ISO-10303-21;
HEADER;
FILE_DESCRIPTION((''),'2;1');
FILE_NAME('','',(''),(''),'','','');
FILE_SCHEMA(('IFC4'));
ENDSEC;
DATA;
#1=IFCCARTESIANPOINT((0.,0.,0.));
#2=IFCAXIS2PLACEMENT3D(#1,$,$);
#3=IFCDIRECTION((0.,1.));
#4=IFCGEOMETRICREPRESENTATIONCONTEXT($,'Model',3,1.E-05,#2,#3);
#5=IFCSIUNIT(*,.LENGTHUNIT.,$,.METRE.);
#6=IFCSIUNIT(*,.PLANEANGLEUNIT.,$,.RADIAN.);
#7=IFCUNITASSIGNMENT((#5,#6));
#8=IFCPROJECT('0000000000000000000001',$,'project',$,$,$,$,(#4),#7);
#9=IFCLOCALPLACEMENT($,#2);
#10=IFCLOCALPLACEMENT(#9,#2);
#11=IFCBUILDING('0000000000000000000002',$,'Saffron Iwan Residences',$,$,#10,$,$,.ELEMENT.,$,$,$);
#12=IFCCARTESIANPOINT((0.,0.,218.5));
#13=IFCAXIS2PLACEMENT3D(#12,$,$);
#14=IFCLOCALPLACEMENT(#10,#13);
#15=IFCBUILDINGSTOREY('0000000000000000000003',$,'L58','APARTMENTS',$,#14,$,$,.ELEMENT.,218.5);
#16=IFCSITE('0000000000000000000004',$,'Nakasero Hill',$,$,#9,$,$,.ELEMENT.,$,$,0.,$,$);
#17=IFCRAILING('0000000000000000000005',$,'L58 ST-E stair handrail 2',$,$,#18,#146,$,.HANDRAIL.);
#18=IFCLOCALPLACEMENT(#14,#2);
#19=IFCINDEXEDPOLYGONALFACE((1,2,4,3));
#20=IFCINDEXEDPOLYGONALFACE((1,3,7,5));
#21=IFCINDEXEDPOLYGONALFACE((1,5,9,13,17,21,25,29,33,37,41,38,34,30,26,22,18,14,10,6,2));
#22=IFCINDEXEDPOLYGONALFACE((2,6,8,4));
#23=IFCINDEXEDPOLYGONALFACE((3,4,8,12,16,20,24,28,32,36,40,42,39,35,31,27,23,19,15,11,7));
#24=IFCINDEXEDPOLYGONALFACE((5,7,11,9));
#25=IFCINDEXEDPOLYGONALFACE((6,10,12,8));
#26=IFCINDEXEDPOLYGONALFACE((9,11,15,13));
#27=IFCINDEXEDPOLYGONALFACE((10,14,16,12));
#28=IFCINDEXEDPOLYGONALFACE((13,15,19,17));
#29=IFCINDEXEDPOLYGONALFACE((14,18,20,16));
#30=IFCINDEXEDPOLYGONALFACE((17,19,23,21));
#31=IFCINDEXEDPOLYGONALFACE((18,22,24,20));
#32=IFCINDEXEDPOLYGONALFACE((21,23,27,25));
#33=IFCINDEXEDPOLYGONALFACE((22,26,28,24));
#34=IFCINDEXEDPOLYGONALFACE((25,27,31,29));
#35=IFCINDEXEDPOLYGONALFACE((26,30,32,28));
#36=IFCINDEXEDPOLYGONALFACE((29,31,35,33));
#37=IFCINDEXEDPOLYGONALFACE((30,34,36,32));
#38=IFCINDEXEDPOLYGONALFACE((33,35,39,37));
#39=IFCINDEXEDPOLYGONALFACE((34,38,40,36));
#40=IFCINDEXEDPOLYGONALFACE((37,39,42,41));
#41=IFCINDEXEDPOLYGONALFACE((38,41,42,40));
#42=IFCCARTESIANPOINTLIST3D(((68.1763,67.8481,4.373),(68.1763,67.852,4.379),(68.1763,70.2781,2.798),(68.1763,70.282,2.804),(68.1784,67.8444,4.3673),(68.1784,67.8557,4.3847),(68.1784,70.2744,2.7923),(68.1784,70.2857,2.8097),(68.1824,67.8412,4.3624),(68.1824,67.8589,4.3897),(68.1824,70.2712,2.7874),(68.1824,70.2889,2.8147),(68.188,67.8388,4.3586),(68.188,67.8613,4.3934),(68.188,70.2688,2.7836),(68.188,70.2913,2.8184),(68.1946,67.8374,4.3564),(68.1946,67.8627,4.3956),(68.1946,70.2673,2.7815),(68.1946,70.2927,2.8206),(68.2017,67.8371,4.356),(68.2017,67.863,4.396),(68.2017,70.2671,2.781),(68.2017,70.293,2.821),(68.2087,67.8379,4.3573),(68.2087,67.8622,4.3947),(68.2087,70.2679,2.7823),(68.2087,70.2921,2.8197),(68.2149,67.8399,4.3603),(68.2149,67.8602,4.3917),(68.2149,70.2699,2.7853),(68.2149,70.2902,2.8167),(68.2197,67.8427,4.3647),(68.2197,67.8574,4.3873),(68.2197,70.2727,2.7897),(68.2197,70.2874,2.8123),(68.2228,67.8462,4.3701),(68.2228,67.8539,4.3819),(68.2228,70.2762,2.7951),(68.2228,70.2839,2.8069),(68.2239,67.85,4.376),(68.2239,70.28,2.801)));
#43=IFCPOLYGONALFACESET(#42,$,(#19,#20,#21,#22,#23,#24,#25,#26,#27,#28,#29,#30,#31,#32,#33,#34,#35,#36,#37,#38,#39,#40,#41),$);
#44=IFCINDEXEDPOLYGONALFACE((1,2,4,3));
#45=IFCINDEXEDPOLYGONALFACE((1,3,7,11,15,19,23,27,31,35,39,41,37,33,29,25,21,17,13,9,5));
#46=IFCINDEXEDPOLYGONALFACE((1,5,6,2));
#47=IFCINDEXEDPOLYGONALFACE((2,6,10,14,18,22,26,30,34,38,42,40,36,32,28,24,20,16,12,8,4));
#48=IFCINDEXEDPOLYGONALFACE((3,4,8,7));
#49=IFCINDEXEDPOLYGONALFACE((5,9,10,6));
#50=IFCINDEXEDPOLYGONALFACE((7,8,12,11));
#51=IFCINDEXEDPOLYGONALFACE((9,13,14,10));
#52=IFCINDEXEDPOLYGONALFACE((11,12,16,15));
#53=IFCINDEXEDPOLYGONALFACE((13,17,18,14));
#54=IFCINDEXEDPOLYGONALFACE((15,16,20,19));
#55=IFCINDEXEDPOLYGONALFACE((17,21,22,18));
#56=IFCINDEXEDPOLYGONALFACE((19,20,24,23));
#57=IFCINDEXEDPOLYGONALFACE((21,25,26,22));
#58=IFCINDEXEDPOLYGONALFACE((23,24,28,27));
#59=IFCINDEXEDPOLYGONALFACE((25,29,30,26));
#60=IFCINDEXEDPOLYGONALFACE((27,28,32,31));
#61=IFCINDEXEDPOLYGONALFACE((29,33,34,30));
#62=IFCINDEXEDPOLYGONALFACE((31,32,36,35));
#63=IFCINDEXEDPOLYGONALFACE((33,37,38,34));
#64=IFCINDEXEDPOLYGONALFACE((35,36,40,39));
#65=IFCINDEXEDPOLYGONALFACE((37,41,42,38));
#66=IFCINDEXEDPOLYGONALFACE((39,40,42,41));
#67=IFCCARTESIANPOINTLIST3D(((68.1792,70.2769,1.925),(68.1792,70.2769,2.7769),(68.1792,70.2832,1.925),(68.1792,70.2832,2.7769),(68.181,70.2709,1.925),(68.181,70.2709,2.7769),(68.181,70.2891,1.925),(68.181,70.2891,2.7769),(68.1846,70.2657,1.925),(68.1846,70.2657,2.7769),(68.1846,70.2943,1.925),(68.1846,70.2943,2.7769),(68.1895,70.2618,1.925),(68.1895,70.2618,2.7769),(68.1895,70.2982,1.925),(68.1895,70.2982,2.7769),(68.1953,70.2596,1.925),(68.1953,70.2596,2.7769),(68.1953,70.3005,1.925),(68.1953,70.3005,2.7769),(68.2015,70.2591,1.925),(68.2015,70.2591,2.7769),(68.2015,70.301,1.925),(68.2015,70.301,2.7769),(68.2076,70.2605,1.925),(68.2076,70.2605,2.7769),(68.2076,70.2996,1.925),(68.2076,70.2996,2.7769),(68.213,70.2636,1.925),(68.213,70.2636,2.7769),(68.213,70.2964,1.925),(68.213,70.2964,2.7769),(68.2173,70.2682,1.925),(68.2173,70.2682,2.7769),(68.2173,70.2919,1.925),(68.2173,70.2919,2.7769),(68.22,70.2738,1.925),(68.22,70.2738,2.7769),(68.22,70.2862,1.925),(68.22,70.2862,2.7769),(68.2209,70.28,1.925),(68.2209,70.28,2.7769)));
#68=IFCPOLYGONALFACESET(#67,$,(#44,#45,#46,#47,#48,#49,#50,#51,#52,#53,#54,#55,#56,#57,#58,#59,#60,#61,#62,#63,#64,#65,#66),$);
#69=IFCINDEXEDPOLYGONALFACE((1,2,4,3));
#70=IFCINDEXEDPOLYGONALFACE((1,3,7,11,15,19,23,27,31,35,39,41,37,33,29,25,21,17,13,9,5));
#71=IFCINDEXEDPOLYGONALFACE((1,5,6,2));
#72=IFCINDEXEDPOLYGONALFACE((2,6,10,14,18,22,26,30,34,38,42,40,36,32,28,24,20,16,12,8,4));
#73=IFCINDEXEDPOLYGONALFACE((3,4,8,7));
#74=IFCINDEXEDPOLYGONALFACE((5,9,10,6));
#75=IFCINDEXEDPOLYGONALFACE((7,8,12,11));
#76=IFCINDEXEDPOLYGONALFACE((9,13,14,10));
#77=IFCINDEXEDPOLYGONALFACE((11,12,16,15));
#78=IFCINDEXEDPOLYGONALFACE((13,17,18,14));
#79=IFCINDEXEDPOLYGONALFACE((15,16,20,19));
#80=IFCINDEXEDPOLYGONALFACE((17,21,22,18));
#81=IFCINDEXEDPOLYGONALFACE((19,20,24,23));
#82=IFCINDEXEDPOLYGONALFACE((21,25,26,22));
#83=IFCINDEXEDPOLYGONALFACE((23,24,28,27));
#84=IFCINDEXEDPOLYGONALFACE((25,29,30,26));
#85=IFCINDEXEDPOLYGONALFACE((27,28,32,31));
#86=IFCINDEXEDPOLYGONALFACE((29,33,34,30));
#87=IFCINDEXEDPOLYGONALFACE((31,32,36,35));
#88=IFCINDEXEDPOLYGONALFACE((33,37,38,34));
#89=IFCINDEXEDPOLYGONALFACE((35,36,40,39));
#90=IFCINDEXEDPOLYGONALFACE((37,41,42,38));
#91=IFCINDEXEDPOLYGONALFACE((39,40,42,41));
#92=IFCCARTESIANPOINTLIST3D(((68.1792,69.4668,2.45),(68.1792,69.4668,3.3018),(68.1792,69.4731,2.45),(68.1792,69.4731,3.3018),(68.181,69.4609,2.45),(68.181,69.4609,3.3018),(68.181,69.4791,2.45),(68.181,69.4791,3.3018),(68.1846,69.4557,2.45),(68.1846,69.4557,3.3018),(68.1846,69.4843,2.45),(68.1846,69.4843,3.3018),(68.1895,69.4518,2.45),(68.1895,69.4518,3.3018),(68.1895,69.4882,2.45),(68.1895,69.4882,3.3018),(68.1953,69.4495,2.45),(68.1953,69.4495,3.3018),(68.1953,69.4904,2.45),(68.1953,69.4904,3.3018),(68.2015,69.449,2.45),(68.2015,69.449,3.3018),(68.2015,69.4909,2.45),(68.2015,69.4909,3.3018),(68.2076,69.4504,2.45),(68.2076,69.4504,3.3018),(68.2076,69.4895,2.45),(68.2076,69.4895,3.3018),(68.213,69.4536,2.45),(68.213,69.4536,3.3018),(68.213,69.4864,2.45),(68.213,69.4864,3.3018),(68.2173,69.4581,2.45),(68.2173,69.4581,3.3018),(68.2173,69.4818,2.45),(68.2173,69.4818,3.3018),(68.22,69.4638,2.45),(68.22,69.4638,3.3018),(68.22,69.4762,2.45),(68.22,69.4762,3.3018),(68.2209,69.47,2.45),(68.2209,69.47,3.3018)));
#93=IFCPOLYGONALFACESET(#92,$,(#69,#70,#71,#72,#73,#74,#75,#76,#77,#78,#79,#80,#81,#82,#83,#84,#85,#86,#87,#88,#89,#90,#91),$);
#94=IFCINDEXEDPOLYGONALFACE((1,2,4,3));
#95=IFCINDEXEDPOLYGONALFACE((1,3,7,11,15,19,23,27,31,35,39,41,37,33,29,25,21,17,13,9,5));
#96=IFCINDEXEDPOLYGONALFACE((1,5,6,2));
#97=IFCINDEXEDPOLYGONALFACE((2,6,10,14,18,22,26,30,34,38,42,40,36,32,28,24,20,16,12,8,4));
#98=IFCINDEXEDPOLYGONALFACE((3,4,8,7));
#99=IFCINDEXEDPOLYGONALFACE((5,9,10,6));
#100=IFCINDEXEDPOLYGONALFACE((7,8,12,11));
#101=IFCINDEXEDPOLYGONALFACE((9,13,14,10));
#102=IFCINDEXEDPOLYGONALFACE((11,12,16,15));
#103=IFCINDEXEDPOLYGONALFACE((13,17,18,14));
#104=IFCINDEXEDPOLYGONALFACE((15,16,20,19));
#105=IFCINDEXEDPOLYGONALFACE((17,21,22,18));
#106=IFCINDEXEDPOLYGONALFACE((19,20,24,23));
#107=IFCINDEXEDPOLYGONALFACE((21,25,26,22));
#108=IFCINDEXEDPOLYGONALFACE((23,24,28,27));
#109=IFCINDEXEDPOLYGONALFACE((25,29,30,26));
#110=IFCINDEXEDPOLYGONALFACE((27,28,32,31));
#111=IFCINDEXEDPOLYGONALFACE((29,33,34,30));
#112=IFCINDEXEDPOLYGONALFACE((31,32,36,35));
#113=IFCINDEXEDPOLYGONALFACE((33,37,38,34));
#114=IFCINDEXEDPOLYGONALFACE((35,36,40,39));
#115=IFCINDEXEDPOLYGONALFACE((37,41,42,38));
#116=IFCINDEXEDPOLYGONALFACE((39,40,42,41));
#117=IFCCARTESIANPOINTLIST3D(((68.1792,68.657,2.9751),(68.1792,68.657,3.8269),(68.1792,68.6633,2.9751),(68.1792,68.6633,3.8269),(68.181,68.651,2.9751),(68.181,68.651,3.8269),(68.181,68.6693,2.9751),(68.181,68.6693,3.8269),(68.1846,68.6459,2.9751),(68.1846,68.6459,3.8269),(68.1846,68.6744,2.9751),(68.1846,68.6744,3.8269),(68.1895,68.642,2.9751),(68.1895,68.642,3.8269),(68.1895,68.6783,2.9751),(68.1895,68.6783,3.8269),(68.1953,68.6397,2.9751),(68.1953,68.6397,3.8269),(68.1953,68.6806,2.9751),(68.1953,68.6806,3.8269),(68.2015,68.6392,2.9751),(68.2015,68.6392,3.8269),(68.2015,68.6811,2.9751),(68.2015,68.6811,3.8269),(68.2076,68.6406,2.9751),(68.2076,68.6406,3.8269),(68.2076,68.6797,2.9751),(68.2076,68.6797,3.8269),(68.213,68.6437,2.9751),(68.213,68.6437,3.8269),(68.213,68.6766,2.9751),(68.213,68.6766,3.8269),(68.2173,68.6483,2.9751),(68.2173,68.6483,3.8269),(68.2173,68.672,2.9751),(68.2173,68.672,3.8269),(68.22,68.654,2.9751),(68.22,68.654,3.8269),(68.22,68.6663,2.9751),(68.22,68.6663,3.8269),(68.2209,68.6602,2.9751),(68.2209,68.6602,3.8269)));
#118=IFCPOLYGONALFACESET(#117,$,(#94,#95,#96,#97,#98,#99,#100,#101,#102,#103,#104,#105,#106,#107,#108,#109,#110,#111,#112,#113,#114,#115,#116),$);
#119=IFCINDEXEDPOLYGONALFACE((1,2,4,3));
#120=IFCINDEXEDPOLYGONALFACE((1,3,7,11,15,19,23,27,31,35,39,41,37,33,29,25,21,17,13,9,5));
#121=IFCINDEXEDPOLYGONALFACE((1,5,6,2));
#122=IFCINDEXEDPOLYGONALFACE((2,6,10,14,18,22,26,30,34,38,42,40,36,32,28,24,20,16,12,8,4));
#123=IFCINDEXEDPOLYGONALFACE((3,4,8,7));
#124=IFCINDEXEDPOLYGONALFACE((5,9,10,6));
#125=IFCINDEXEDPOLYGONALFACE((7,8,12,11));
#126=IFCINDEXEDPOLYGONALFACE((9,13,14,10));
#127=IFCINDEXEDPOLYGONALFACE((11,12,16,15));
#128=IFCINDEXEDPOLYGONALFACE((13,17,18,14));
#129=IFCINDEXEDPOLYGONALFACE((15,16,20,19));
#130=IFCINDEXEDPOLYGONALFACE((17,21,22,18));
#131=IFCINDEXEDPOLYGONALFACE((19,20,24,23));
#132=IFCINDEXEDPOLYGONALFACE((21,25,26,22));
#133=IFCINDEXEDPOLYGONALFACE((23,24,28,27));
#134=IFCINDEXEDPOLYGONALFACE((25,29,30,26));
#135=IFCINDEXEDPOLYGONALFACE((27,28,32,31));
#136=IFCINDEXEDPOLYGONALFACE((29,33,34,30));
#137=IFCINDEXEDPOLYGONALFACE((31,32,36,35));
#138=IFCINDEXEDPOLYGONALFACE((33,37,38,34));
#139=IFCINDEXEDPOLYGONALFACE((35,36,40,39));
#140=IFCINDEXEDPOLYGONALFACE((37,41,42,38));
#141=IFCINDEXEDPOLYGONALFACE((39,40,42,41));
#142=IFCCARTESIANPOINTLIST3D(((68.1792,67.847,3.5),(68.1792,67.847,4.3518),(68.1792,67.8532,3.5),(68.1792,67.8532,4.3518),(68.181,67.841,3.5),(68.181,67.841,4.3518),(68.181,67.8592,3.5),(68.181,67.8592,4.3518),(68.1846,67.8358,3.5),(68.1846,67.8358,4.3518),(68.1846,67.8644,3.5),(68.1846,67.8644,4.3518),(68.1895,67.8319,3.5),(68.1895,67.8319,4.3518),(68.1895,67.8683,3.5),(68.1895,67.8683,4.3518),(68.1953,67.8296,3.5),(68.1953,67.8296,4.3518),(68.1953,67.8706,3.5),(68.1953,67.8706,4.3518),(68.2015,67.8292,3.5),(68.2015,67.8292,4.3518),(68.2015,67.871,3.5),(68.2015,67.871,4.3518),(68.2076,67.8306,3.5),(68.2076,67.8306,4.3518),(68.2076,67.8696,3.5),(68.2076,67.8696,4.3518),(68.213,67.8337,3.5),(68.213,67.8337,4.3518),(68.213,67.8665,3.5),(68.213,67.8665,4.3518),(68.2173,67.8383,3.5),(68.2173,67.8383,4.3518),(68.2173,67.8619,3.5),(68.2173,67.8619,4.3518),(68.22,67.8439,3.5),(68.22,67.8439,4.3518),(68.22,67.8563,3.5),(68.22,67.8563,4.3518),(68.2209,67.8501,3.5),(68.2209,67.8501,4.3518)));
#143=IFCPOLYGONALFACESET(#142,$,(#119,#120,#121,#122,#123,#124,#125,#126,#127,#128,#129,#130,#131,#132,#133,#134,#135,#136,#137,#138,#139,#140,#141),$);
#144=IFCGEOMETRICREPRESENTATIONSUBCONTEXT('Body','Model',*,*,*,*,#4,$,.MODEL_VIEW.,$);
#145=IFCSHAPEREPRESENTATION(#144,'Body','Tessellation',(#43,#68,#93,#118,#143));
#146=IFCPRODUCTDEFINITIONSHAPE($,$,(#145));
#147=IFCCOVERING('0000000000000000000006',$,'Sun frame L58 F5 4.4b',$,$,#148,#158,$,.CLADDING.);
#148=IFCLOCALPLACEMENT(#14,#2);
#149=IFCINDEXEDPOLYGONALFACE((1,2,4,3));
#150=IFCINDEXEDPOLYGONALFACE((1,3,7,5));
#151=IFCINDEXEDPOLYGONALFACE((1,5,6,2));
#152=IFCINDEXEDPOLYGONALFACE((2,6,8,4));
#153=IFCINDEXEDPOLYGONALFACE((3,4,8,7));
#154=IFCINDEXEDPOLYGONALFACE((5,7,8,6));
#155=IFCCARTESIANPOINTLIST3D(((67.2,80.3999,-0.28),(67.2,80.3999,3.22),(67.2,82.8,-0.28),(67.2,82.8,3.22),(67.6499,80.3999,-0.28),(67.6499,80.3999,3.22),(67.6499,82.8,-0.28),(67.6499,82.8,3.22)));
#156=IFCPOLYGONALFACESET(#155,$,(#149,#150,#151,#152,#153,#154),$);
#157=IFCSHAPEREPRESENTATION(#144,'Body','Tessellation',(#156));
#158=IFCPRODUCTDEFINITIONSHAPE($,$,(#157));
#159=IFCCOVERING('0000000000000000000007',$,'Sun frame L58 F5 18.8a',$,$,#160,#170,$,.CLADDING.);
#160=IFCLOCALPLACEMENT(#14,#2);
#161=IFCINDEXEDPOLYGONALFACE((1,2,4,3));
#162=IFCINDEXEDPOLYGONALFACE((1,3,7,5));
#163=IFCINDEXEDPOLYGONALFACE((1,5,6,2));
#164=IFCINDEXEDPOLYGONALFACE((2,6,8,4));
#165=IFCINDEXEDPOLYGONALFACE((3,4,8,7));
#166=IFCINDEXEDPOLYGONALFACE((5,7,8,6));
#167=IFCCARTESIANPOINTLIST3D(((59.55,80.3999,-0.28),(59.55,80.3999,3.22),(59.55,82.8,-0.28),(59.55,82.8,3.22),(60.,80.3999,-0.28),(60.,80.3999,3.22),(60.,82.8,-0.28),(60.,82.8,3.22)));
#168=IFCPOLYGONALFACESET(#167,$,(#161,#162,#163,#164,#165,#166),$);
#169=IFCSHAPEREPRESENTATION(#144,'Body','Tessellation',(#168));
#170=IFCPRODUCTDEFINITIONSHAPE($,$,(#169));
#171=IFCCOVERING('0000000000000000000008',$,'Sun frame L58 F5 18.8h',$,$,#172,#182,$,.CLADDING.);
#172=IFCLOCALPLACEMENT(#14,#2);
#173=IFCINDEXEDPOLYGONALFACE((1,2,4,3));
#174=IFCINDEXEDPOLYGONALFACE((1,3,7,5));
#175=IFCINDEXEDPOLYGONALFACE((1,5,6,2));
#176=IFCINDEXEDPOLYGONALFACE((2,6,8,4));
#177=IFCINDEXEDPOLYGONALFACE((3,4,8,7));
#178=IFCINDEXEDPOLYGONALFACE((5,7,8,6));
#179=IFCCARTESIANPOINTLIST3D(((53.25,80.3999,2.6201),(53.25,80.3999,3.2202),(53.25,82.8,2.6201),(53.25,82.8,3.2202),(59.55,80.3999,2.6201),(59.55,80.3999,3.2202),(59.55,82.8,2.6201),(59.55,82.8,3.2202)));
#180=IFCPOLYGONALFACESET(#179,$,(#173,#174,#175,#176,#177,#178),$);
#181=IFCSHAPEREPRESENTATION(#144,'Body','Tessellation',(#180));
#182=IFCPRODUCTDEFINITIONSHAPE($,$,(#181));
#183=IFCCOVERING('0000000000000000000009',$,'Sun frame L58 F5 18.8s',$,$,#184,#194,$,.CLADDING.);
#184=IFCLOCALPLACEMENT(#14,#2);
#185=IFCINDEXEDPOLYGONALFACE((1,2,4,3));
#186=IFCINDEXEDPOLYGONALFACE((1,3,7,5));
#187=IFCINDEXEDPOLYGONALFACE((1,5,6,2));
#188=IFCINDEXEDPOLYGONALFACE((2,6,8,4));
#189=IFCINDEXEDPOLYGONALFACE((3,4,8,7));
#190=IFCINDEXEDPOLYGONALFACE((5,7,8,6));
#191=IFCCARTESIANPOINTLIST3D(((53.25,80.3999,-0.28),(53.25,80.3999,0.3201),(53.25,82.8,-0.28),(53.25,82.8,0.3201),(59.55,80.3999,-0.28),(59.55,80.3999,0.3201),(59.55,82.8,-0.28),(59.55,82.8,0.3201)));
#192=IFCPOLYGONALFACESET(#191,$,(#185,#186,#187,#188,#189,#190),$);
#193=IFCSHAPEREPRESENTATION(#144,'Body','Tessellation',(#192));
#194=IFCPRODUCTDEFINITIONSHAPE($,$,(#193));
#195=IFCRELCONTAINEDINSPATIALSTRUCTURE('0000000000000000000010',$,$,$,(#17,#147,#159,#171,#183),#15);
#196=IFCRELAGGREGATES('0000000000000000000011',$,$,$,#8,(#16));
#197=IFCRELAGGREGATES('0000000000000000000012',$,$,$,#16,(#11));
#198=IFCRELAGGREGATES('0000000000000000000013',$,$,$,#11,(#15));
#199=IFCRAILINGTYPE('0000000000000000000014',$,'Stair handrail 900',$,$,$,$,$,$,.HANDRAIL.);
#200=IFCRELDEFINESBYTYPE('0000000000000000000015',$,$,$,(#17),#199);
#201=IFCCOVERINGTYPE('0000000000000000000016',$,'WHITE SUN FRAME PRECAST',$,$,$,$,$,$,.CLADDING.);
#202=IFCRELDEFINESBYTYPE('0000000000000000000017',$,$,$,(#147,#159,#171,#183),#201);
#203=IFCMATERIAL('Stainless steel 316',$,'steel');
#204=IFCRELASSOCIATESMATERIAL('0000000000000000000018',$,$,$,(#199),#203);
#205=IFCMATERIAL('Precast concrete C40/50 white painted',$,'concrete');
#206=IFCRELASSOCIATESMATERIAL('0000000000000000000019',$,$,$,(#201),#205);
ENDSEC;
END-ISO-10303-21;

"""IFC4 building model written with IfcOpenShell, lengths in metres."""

from ifc_helpers import new_model, si_unit, direction, frame, origin, origin_2d, place, context, subcontext, project, spatial, polyline, circle, outline, extrude, material, type_object, element, save


model = new_model("IFC4")

# Units and contexts
model_context = context("Model", 3, precision=1e-05, world=origin(), true_north=direction((0.0, 1.0)))
body_context = subcontext(model_context, "Body", "Model", "MODEL_VIEW")
ifc_project = project(units=[si_unit("LENGTHUNIT", "METRE"), si_unit("PLANEANGLEUNIT", "RADIAN")], contexts=[model_context])

# Site, building, storey
site_placement = place(None, origin())
site = spatial("IfcSite", under=ifc_project, at=site_placement, Name="Nakasero Hill", CompositionType="ELEMENT", RefElevation=0.0)
building_placement = place(site_placement, origin())
building = spatial("IfcBuilding", under=site, at=building_placement, Name="Saffron Iwan Residences", CompositionType="ELEMENT")
storey_placement = place(building_placement, frame((0.0, 0.0, 218.5)))
storey = spatial("IfcBuildingStorey", under=building, at=storey_placement, Name="L58", Description="APARTMENTS", CompositionType="ELEMENT", Elevation=218.5)

# Railing
ifc_material_1 = material(Name="Stainless steel 316", Category="steel")
railing_type = type_object("IfcRailingType", Name="Stair handrail 900", PredefinedType="HANDRAIL", material=ifc_material_1)
railing_1_placement = place(storey_placement, frame((68.2, 70.28, 1.925)))
element("IfcRailing", 1, at=railing_1_placement, inside=storey, type_object=railing_type, Name="L58 ST-E stair handrail 2", PredefinedType="HANDRAIL", context=body_context, shape_type="SweptSolid", body=[
    extrude(circle(Radius=0.0239, at=origin_2d()), frame((0.0, 0.0, 0.876), z_axis=(0.0, -0.839154, 0.543894), x_axis=(1.0, 0.0, 0.0)), (0.0, 0.0, 1.0), 2.8958),
    extrude(circle(Radius=0.021, at=origin_2d()), origin(), (0.0, 0.0, 1.0), 0.8518),
    extrude(circle(Radius=0.021, at=origin_2d()), frame((0.0, -0.8101, 0.5249)), (0.0, 0.0, 1.0), 0.8518),
    extrude(circle(Radius=0.021, at=origin_2d()), frame((0.0, -1.6199, 1.05)), (0.0, 0.0, 1.0), 0.8518),
    extrude(circle(Radius=0.021, at=origin_2d()), frame((0.0, -2.4299, 1.575)), (0.0, 0.0, 1.0), 0.8518),
])

# Coverings
ifc_material_2 = material(Name="Precast concrete C40/50 white painted", Category="concrete")
covering_type_1 = type_object("IfcCoveringType", Name="WHITE SUN FRAME PRECAST", PredefinedType="CLADDING", material=ifc_material_2)
for number, where, z_axis, x_axis, name in (
    (2, (67.6499, 80.3999, -0.28), (0.0, 1.0, 0.0), (-1.0, 0.0, 0.0), "Sun frame L58 F5 4.4b"),
    (3, (60.0, 80.3999, -0.28), (0.0, 1.0, 0.0), (-1.0, 0.0, 0.0), "Sun frame L58 F5 18.8a"),
):
    element("IfcCovering", number, at=place(storey_placement, frame(where, z_axis=z_axis, x_axis=x_axis)), inside=storey, type_object=covering_type_1, Name=name, PredefinedType="CLADDING", context=body_context, shape_type="SweptSolid", body=[
        extrude(outline(polyline([(0.0, 0.0), (0.45, 0.0), (0.45, 3.5), (0.0, 3.5), (0.0, 0.0)])), origin(), (0.0, 0.0, 1.0), 2.4001),
    ])
for number, where, z_axis, x_axis, name in (
    (4, (59.55, 80.3999, 2.6201), (0.0, 1.0, 0.0), (-1.0, 0.0, 0.0), "Sun frame L58 F5 18.8h"),
    (5, (59.55, 80.3999, -0.28), (0.0, 1.0, 0.0), (-1.0, 0.0, 0.0), "Sun frame L58 F5 18.8s"),
):
    element("IfcCovering", number, at=place(storey_placement, frame(where, z_axis=z_axis, x_axis=x_axis)), inside=storey, type_object=covering_type_1, Name=name, PredefinedType="CLADDING", context=body_context, shape_type="SweptSolid", body=[
        extrude(outline(polyline([(0.0, 0.0), (6.3, 0.0), (6.3, 0.6001), (0.0, 0.6001), (0.0, 0.0)])), origin(), (0.0, 0.0, 1.0), 2.4001),
    ])

save(model, "model.ifc")
